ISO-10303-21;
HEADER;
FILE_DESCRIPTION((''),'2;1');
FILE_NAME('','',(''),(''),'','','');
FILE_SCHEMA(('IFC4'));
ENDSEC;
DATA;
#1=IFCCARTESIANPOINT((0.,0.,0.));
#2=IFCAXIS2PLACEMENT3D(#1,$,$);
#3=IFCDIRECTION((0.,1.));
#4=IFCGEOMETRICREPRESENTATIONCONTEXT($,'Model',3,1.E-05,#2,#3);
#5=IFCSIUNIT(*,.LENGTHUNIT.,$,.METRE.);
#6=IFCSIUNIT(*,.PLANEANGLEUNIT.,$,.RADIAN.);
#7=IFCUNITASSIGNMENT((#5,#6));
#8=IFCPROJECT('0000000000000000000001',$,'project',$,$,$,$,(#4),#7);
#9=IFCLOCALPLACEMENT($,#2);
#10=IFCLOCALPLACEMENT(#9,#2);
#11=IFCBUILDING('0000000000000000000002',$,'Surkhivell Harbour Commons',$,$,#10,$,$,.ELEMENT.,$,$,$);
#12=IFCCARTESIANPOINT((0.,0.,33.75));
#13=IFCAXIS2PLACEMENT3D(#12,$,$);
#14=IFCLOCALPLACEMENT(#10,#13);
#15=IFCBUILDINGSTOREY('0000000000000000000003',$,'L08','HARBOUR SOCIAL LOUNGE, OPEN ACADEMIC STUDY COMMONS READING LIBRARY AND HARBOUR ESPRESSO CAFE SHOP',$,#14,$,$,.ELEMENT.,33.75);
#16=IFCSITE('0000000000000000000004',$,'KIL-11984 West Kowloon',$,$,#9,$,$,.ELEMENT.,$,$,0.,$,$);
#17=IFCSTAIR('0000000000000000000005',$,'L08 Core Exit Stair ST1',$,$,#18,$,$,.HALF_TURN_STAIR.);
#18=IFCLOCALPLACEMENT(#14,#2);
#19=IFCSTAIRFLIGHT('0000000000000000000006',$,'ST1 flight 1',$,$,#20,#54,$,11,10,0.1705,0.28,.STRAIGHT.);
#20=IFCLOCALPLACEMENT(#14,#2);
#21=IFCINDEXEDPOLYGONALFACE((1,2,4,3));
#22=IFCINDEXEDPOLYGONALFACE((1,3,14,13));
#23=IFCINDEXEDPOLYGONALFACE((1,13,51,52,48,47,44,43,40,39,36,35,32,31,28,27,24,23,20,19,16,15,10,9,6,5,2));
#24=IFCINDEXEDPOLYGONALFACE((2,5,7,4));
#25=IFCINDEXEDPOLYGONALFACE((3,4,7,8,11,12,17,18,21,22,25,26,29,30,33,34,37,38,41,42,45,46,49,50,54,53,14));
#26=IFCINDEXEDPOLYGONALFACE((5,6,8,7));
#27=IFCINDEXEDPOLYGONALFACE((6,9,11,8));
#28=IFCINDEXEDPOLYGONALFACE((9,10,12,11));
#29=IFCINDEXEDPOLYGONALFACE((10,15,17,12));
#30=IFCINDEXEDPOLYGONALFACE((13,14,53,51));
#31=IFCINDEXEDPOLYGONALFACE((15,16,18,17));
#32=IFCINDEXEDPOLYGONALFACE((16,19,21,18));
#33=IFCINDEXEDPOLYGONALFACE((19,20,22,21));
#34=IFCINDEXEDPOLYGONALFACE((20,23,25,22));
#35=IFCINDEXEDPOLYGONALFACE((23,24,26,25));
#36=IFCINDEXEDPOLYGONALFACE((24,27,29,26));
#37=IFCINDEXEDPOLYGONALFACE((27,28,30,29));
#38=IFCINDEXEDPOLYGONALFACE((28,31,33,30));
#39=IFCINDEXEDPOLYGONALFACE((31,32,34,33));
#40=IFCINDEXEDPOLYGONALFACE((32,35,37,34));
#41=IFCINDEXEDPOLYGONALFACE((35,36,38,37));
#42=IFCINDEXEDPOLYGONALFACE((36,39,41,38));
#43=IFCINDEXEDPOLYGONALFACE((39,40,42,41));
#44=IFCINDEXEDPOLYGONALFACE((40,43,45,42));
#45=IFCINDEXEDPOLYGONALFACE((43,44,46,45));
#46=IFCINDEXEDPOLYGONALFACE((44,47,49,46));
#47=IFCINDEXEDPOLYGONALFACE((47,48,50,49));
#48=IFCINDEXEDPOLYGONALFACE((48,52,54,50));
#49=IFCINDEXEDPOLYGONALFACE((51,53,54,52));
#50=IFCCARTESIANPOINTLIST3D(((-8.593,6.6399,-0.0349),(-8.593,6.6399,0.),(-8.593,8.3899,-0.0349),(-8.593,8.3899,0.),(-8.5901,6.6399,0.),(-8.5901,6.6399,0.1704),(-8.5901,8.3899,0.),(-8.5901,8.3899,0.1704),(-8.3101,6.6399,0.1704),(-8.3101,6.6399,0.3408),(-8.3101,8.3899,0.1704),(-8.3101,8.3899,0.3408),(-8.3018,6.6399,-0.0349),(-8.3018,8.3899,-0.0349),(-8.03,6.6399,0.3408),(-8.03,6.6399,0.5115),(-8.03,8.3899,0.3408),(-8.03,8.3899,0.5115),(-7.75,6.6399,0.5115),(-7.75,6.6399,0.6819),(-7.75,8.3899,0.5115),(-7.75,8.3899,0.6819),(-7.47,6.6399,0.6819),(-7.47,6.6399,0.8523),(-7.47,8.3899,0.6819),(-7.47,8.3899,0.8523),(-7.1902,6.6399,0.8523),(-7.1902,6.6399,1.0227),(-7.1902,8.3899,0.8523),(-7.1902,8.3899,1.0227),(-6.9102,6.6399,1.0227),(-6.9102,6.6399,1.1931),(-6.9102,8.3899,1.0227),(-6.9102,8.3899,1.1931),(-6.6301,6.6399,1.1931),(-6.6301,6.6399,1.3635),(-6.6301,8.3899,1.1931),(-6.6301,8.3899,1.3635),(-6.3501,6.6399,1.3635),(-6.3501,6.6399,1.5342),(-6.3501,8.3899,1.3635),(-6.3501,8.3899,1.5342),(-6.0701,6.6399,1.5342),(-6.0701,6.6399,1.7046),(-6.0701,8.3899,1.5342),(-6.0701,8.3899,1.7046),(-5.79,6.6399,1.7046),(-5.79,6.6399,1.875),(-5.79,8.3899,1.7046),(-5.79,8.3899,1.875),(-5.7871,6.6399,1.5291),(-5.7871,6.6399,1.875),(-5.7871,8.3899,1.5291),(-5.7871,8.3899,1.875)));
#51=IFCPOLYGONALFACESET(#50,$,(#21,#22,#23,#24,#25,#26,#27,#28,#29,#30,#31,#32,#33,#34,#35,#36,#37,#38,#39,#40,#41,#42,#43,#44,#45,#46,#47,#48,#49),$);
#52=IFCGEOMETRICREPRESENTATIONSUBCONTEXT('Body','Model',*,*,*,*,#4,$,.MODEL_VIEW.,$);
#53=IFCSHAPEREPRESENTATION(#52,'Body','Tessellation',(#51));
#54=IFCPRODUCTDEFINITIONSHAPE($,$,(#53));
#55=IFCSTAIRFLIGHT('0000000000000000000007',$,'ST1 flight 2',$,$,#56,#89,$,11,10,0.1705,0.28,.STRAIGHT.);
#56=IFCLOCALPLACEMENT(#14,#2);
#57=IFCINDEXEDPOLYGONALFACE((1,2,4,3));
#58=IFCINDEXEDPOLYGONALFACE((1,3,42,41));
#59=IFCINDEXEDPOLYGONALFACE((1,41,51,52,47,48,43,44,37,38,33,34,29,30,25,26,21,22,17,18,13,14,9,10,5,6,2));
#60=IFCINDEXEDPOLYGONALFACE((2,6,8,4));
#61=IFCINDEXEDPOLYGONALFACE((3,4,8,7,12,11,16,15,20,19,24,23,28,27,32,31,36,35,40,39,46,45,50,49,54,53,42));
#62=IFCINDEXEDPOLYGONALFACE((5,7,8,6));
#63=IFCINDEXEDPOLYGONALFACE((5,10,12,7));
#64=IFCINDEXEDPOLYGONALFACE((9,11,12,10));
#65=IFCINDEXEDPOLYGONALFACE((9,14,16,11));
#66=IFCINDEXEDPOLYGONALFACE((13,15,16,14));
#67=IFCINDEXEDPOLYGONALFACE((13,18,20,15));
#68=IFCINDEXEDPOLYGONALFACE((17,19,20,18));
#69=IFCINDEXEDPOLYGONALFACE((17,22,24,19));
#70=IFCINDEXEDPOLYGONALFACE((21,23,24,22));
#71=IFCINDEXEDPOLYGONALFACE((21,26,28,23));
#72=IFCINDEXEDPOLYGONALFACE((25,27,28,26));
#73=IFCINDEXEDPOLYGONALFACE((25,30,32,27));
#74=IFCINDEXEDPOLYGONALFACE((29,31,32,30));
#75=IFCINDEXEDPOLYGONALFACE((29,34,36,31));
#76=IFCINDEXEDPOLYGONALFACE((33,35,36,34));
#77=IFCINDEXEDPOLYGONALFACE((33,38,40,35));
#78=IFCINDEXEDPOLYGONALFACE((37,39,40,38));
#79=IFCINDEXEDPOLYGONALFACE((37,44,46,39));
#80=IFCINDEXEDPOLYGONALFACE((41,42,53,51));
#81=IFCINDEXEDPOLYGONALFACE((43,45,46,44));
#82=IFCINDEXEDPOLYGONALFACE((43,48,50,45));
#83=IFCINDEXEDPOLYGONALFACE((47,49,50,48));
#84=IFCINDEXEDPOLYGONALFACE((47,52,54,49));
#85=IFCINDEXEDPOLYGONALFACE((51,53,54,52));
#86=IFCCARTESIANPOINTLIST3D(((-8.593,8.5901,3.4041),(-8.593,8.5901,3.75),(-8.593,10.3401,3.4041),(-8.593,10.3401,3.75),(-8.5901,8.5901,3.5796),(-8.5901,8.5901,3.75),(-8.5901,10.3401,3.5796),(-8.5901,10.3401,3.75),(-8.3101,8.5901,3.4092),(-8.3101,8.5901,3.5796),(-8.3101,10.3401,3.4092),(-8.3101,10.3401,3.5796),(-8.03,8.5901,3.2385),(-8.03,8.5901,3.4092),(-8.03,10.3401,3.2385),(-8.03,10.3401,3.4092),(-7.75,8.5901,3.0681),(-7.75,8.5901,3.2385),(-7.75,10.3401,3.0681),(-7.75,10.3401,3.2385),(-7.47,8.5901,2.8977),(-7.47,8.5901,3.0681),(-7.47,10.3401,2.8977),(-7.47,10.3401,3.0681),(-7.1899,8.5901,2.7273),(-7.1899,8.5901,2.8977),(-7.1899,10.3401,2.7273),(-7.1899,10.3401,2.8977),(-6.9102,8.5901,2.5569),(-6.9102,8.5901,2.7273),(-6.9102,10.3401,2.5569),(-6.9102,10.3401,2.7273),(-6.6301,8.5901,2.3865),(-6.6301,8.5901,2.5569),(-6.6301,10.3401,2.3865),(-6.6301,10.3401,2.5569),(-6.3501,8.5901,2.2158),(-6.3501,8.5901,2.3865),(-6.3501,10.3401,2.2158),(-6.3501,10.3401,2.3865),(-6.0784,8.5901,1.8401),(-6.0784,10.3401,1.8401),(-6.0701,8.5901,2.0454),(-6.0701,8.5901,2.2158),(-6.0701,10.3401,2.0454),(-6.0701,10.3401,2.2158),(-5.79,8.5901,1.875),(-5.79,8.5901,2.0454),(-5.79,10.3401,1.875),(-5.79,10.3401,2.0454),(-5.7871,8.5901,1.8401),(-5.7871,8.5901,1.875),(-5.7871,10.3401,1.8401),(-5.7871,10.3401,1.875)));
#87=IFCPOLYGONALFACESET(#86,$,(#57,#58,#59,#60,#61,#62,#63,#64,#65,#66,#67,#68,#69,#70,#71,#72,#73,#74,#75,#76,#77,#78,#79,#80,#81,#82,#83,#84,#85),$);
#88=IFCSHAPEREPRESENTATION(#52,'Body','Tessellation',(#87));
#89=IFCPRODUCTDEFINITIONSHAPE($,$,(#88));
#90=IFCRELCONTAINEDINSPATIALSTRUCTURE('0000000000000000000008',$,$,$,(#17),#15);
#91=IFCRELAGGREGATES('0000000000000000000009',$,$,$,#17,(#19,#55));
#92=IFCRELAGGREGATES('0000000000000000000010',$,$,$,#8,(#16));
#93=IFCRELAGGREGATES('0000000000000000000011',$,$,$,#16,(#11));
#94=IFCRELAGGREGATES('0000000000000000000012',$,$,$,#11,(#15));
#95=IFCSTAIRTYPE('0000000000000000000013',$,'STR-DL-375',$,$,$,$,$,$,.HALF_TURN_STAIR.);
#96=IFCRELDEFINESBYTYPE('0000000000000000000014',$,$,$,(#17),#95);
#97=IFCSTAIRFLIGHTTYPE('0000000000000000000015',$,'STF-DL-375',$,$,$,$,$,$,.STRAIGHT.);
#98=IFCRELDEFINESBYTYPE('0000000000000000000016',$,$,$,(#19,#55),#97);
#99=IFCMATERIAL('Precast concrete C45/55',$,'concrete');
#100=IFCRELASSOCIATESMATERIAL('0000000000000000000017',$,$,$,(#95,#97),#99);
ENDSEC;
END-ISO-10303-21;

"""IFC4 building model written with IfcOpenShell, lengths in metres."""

from ifc_helpers import new_model, si_unit, direction, frame, origin, place, context, subcontext, project, spatial, polyline, outline, extrude, material, type_object, element, aggregate, save


model = new_model("IFC4")

# Units and contexts
model_context = context("Model", 3, precision=1e-05, world=origin(), true_north=direction((0.0, 1.0)))
body_context = subcontext(model_context, "Body", "Model", "MODEL_VIEW")
ifc_project = project(units=[si_unit("LENGTHUNIT", "METRE"), si_unit("PLANEANGLEUNIT", "RADIAN")], contexts=[model_context])

# Site, building, storey
site_placement = place(None, origin())
site = spatial("IfcSite", under=ifc_project, at=site_placement, Name="KIL-11984 West Kowloon", CompositionType="ELEMENT", RefElevation=0.0)
building_placement = place(site_placement, origin())
building = spatial("IfcBuilding", under=site, at=building_placement, Name="Surkhivell Harbour Commons", CompositionType="ELEMENT")
storey_placement = place(building_placement, frame((0.0, 0.0, 33.75)))
storey = spatial("IfcBuildingStorey", under=building, at=storey_placement, Name="L08", Description="HARBOUR SOCIAL LOUNGE, OPEN ACADEMIC STUDY COMMONS READING LIBRARY AND HARBOUR ESPRESSO CAFE SHOP", CompositionType="ELEMENT", Elevation=33.75)

# Stair, stair flights
ifc_material_1 = material(Name="Precast concrete C45/55", Category="concrete")
stair_type = type_object("IfcStairType", Name="STR-DL-375", PredefinedType="HALF_TURN_STAIR", material=ifc_material_1)
stair_placement = place(storey_placement, origin())
stair = element("IfcStair", 1, at=stair_placement, inside=storey, type_object=stair_type, Name="L08 Core Exit Stair ST1", PredefinedType="HALF_TURN_STAIR")
stair_flight_type = type_object("IfcStairFlightType", Name="STF-DL-375", PredefinedType="STRAIGHT", material=ifc_material_1)
stair_flight_1_placement = place(storey_placement, frame((-8.5901, 7.5149, 0.0), z_axis=(0.0, 0.0, 1.0), x_axis=(1.0, 0.0, 0.0)))
stair_flight_1 = element("IfcStairFlight", 2, at=stair_flight_1_placement, type_object=stair_flight_type, Name="ST1 flight 1", NumberOfRisers=11, NumberOfTreads=10, PredefinedType="STRAIGHT", RiserHeight=0.1705, TreadLength=0.28, context=body_context, shape_type="SweptSolid", body=[
    extrude(outline(polyline([(-0.0029, -0.0349), (-0.0029, 0.0), (0.0, 0.0), (0.0, 0.1704), (0.28, 0.1704), (0.28, 0.3408), (0.5601, 0.3408), (0.5601, 0.5115), (0.8401, 0.5115), (0.8401, 0.6819), (1.1201, 0.6819), (1.1201, 0.8523), (1.3999, 0.8523), (1.3999, 1.0227), (1.6799, 1.0227), (1.6799, 1.1931), (1.96, 1.1931), (1.96, 1.3635), (2.24, 1.3635), (2.24, 1.5342), (2.52, 1.5342), (2.52, 1.7046), (2.8, 1.7046), (2.8, 1.875), (2.803, 1.875), (2.803, 1.5291), (0.2883, -0.0349), (-0.0029, -0.0349)])), frame((0.0, 0.875, 0.0), z_axis=(0.0, -1.0, 0.0), x_axis=(1.0, 0.0, 0.0)), (0.0, 0.0, 1.0), 1.75),
])
stair_flight_2_placement = place(storey_placement, frame((-5.79, 9.4651, 1.875), z_axis=(0.0, 0.0, 1.0), x_axis=(-1.0, 0.0, 0.0)))
stair_flight_2 = element("IfcStairFlight", 3, at=stair_flight_2_placement, type_object=stair_flight_type, Name="ST1 flight 2", NumberOfRisers=11, NumberOfTreads=10, PredefinedType="STRAIGHT", RiserHeight=0.1705, TreadLength=0.28, context=body_context, shape_type="SweptSolid", body=[
    extrude(outline(polyline([(-0.0029, -0.0349), (-0.0029, 0.0), (0.0, 0.0), (0.0, 0.1704), (0.28, 0.1704), (0.28, 0.3408), (0.5601, 0.3408), (0.5601, 0.5115), (0.8401, 0.5115), (0.8401, 0.6819), (1.1201, 0.6819), (1.1201, 0.8523), (1.3999, 0.8523), (1.3999, 1.0227), (1.6799, 1.0227), (1.6799, 1.1931), (1.96, 1.1931), (1.96, 1.3635), (2.24, 1.3635), (2.24, 1.5342), (2.52, 1.5342), (2.52, 1.7046), (2.8, 1.7046), (2.8, 1.875), (2.803, 1.875), (2.803, 1.5291), (0.2883, -0.0349), (-0.0029, -0.0349)])), frame((0.0, 0.875, 0.0), z_axis=(0.0, -1.0, 0.0), x_axis=(1.0, 0.0, 0.0)), (0.0, 0.0, 1.0), 1.75),
])
aggregate(stair, [stair_flight_1, stair_flight_2])

save(model, "model.ifc")
